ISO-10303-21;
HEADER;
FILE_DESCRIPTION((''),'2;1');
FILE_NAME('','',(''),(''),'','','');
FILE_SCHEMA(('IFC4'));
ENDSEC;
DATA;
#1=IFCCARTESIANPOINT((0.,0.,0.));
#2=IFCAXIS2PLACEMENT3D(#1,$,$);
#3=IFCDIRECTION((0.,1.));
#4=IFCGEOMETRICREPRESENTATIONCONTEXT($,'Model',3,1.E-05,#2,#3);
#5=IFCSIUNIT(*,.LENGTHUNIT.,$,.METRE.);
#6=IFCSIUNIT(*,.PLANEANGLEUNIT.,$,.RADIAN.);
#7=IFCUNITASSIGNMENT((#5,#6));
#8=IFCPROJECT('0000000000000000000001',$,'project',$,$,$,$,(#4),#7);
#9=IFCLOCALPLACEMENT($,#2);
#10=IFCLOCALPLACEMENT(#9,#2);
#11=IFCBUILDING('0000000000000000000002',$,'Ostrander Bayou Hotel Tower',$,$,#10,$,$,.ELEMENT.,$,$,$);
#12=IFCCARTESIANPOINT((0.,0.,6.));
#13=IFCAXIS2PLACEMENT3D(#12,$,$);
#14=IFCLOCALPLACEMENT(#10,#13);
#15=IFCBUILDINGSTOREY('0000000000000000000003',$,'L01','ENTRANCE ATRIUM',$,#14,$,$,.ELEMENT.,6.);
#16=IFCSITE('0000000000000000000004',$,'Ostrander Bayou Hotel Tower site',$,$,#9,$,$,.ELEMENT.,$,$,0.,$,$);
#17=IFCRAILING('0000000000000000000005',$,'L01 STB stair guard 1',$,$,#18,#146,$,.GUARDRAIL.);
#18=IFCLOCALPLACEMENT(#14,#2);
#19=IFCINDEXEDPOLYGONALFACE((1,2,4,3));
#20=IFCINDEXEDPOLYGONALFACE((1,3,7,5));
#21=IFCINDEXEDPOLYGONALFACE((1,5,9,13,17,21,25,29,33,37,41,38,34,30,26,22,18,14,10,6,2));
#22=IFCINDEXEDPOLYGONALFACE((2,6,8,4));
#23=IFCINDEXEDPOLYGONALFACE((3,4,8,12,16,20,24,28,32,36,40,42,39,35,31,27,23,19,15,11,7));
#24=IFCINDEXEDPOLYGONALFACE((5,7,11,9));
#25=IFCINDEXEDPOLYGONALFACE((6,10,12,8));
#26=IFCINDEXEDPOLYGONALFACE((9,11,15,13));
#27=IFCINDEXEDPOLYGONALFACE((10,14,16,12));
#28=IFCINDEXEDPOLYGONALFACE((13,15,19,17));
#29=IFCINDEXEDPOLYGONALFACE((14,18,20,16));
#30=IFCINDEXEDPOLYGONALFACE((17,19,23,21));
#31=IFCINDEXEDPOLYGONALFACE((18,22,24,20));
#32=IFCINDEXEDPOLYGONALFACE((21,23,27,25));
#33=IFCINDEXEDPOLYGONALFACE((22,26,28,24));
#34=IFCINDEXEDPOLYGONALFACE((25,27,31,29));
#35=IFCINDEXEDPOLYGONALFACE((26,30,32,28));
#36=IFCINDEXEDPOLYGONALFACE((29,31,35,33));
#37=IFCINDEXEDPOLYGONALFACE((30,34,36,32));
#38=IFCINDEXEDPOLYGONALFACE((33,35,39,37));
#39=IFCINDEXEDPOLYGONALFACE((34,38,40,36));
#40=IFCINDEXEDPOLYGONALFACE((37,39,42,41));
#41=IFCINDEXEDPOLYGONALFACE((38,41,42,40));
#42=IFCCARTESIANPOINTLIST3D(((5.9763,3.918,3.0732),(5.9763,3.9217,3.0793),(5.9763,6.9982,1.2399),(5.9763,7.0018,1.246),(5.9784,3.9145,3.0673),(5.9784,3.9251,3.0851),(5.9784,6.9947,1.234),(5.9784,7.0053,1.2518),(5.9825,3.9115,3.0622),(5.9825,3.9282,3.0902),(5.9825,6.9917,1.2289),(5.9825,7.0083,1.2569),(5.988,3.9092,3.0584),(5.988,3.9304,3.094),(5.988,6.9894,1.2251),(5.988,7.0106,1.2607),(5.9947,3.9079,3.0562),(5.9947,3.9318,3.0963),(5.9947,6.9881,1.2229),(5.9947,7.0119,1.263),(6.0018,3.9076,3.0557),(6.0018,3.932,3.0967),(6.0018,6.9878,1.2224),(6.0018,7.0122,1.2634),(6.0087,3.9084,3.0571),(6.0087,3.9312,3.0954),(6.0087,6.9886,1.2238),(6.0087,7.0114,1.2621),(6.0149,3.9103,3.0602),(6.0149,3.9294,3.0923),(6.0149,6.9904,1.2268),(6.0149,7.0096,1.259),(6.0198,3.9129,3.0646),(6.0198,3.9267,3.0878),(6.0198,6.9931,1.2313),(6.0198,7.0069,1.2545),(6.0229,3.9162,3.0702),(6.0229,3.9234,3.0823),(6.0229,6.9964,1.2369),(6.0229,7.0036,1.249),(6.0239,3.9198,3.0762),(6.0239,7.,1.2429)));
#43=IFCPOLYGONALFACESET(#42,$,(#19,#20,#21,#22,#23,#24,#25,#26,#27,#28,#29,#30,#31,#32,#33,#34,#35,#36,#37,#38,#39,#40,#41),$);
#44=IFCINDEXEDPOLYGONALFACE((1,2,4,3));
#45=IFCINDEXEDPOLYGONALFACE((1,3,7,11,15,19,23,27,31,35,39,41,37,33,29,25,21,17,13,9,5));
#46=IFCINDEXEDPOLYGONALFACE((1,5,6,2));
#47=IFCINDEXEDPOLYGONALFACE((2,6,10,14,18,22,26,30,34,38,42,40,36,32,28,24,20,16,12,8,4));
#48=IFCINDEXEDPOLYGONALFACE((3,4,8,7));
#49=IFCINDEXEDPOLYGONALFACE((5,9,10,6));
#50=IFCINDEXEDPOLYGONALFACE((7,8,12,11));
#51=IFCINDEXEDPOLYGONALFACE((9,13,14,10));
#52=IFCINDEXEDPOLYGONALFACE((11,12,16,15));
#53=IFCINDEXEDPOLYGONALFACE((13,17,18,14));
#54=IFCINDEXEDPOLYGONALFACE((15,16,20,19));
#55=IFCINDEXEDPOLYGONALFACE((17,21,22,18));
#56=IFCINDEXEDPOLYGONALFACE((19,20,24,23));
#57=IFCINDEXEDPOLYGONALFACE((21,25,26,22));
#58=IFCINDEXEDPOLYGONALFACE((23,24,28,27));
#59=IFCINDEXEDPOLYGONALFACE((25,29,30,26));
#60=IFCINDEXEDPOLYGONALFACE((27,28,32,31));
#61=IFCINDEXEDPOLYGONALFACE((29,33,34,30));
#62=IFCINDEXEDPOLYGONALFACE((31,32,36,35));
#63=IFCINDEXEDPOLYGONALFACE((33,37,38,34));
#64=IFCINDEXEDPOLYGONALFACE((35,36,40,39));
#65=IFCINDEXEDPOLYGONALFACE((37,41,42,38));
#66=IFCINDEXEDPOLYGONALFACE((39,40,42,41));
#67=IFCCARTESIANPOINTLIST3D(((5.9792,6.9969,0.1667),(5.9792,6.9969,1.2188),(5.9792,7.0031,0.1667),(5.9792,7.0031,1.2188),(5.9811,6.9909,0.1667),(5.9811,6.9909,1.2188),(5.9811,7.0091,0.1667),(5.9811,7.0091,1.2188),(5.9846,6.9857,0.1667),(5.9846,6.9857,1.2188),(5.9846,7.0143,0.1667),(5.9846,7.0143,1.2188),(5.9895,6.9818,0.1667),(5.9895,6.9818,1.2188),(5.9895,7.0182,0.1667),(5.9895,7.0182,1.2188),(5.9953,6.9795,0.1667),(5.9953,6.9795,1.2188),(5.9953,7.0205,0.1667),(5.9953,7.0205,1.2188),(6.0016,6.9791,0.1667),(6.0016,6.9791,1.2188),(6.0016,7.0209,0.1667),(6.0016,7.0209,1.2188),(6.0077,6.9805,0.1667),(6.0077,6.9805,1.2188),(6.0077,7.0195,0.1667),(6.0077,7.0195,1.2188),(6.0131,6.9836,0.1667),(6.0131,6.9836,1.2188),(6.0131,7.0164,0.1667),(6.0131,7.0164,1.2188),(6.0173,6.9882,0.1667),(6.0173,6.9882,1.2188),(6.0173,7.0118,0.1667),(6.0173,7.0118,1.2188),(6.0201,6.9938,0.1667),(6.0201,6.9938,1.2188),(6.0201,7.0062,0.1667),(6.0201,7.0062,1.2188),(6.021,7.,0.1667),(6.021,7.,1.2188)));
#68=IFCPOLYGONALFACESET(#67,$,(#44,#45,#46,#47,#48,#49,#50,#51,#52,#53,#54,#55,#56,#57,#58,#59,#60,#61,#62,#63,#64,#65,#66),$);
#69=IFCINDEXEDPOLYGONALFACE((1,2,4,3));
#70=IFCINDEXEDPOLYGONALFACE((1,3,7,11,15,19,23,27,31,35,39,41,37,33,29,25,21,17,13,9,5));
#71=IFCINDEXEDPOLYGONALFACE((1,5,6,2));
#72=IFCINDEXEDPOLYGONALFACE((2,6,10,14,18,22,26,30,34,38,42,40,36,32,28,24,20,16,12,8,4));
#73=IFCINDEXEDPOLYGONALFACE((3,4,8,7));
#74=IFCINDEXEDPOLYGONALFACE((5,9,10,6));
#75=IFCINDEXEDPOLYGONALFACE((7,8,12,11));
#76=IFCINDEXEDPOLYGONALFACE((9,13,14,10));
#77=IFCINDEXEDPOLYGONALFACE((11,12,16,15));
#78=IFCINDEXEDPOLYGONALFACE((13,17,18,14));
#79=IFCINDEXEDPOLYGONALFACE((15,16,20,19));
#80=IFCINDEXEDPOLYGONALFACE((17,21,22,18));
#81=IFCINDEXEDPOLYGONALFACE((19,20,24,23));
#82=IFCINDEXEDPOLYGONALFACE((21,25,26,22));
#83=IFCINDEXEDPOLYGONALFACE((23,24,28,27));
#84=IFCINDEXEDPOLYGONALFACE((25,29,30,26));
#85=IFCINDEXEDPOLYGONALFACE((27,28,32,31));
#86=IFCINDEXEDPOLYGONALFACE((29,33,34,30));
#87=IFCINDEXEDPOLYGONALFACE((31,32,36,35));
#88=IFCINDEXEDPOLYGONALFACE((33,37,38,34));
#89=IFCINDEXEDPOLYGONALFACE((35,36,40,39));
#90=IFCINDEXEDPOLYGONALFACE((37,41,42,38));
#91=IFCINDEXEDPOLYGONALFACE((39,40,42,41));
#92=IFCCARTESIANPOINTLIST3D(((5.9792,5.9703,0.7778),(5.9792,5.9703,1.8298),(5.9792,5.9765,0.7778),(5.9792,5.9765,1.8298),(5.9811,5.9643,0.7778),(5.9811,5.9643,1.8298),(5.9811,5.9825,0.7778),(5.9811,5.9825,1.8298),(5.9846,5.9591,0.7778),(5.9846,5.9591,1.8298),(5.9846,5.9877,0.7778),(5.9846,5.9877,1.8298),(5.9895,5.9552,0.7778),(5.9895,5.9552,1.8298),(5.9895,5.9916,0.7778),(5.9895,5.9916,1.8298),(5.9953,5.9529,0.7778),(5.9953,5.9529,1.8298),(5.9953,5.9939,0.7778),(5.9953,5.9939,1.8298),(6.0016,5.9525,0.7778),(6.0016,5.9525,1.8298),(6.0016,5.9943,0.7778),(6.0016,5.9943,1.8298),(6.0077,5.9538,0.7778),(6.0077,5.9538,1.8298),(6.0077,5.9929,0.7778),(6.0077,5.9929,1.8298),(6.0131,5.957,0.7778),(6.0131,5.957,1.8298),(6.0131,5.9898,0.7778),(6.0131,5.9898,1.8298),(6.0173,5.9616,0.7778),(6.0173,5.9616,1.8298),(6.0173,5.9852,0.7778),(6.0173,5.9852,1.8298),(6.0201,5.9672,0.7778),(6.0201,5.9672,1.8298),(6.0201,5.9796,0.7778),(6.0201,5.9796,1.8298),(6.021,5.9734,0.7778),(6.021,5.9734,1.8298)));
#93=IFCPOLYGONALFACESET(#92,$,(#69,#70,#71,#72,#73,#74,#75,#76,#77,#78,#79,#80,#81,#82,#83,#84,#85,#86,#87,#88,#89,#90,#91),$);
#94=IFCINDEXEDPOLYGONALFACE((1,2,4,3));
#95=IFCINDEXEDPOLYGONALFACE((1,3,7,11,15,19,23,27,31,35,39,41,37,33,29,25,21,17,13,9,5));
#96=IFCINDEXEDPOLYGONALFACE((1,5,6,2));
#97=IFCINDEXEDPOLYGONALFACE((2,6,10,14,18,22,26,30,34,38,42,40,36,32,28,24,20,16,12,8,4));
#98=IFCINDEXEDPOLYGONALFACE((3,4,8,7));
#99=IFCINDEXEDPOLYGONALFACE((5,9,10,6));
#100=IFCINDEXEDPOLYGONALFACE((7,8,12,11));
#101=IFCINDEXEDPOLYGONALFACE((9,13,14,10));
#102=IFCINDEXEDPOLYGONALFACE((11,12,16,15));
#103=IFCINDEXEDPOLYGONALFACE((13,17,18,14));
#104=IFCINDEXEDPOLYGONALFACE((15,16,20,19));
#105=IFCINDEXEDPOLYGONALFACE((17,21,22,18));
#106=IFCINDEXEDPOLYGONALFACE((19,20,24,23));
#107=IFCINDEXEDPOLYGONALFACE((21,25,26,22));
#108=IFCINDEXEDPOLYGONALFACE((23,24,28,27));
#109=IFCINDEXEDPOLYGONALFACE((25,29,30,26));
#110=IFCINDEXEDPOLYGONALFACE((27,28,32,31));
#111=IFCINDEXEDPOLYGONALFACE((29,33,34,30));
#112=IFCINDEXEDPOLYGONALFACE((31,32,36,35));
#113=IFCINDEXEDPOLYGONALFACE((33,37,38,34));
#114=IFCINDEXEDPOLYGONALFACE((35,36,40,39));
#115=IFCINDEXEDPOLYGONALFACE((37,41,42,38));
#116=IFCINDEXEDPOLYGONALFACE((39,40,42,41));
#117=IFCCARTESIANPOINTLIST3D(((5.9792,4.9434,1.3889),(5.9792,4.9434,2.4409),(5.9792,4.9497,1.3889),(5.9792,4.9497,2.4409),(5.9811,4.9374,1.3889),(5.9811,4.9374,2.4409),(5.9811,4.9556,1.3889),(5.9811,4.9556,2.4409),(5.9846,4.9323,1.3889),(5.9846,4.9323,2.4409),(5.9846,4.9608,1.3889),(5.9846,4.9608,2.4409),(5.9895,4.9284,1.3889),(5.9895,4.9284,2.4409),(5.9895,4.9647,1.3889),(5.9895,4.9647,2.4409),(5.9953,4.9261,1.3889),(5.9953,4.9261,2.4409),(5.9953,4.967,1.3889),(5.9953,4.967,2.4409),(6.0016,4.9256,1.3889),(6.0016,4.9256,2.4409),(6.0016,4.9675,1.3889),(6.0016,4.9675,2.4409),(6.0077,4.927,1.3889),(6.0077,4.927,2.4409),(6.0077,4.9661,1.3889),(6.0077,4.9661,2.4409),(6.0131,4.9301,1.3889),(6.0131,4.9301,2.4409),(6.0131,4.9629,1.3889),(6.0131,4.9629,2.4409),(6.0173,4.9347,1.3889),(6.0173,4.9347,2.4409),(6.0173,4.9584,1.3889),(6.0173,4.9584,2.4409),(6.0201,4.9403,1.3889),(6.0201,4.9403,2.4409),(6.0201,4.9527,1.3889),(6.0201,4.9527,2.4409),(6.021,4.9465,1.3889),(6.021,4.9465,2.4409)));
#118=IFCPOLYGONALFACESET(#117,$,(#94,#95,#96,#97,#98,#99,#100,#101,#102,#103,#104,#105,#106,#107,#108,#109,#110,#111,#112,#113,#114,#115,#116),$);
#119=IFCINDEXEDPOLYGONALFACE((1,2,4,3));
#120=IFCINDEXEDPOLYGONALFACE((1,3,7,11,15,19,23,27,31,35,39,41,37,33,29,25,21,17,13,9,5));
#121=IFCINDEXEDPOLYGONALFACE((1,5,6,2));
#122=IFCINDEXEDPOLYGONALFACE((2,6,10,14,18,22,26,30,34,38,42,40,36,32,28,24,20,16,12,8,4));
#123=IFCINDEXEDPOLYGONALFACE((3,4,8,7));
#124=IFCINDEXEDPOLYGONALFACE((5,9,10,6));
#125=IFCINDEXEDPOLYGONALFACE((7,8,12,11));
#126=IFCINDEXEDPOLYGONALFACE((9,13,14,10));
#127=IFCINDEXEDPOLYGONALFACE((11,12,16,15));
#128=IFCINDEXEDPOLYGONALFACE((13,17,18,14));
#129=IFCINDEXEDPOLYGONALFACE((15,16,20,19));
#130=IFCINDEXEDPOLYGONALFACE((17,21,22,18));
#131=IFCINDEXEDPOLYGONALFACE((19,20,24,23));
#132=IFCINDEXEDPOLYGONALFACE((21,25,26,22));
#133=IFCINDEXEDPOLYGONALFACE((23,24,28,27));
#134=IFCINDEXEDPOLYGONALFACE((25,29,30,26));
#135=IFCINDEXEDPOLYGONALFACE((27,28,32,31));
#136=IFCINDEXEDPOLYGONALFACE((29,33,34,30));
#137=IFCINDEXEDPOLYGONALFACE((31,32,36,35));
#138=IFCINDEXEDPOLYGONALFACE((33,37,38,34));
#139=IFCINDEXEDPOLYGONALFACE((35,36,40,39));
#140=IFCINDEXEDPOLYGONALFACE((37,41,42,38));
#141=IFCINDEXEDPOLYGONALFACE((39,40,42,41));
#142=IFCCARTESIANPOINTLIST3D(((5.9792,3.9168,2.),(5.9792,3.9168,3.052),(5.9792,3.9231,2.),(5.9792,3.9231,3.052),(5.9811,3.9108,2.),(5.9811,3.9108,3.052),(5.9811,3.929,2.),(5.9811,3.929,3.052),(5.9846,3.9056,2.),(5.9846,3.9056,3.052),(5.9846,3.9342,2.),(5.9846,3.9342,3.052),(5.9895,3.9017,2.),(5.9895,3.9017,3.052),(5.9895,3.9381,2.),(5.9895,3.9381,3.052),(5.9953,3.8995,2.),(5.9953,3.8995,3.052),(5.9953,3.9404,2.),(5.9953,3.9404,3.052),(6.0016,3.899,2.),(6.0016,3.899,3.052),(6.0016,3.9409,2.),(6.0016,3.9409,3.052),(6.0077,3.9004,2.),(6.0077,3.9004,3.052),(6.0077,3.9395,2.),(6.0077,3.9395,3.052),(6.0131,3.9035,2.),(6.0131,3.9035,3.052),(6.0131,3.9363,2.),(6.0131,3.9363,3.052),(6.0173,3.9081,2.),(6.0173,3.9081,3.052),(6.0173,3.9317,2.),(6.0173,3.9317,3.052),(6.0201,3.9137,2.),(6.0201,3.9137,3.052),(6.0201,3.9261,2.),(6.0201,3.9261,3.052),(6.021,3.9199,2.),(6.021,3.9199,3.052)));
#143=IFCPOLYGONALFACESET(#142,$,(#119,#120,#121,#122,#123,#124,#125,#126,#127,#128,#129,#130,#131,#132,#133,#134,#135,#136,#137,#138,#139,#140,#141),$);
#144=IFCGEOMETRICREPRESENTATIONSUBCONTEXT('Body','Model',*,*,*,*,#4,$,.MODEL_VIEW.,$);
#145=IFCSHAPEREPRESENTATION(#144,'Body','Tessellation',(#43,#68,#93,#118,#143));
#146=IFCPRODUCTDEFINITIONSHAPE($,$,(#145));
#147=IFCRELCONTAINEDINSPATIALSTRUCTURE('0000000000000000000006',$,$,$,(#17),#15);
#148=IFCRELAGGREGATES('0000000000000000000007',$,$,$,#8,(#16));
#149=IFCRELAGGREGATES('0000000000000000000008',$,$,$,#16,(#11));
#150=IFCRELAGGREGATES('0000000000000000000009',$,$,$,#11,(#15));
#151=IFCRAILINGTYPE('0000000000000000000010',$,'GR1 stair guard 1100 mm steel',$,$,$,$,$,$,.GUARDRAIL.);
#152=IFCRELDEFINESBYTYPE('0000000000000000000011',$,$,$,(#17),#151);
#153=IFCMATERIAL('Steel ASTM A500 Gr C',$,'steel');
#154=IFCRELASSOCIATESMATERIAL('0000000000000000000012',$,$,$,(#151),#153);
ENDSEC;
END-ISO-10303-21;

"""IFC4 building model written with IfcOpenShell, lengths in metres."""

from ifc_helpers import new_model, si_unit, direction, frame, origin, origin_2d, place, context, subcontext, project, spatial, circle, extrude, material, type_object, element, save


model = new_model("IFC4")

# Units and contexts
model_context = context("Model", 3, precision=1e-05, world=origin(), true_north=direction((0.0, 1.0)))
body_context = subcontext(model_context, "Body", "Model", "MODEL_VIEW")
ifc_project = project(units=[si_unit("LENGTHUNIT", "METRE"), si_unit("PLANEANGLEUNIT", "RADIAN")], contexts=[model_context])

# Site, building, storey
site_placement = place(None, origin())
site = spatial("IfcSite", under=ifc_project, at=site_placement, Name="Ostrander Bayou Hotel Tower site", CompositionType="ELEMENT", RefElevation=0.0)
building_placement = place(site_placement, origin())
building = spatial("IfcBuilding", under=site, at=building_placement, Name="Ostrander Bayou Hotel Tower", CompositionType="ELEMENT")
storey_placement = place(building_placement, frame((0.0, 0.0, 6.0)))
storey = spatial("IfcBuildingStorey", under=building, at=storey_placement, Name="L01", Description="ENTRANCE ATRIUM", CompositionType="ELEMENT", Elevation=6.0)

# Railing
ifc_material_1 = material(Name="Steel ASTM A500 Gr C", Category="steel")
railing_type_1 = type_object("IfcRailingType", Name="GR1 stair guard 1100 mm steel", PredefinedType="GUARDRAIL", material=ifc_material_1)
railing_1_placement = place(storey_placement, frame((6.0, 7.0, 0.1667)))
element("IfcRailing", 1, at=railing_1_placement, inside=storey, type_object=railing_type_1, Name="L01 STB stair guard 1", PredefinedType="GUARDRAIL", context=body_context, shape_type="SweptSolid", body=[
    extrude(circle(Radius=0.0239, at=origin_2d()), frame((0.0, 0.0, 1.0762), z_axis=(0.0, -0.859309, 0.511458), x_axis=(1.0, 0.0, 0.0)), (0.0, 0.0, 1.0), 3.5845),
    extrude(circle(Radius=0.021, at=origin_2d()), origin(), (0.0, 0.0, 1.0), 1.052),
    extrude(circle(Radius=0.021, at=origin_2d()), frame((0.0, -1.0266, 0.6111)), (0.0, 0.0, 1.0), 1.052),
    extrude(circle(Radius=0.021, at=origin_2d()), frame((0.0, -2.0535, 1.2222)), (0.0, 0.0, 1.0), 1.052),
    extrude(circle(Radius=0.021, at=origin_2d()), frame((0.0, -3.0801, 1.8333)), (0.0, 0.0, 1.0), 1.052),
])

save(model, "model.ifc")
